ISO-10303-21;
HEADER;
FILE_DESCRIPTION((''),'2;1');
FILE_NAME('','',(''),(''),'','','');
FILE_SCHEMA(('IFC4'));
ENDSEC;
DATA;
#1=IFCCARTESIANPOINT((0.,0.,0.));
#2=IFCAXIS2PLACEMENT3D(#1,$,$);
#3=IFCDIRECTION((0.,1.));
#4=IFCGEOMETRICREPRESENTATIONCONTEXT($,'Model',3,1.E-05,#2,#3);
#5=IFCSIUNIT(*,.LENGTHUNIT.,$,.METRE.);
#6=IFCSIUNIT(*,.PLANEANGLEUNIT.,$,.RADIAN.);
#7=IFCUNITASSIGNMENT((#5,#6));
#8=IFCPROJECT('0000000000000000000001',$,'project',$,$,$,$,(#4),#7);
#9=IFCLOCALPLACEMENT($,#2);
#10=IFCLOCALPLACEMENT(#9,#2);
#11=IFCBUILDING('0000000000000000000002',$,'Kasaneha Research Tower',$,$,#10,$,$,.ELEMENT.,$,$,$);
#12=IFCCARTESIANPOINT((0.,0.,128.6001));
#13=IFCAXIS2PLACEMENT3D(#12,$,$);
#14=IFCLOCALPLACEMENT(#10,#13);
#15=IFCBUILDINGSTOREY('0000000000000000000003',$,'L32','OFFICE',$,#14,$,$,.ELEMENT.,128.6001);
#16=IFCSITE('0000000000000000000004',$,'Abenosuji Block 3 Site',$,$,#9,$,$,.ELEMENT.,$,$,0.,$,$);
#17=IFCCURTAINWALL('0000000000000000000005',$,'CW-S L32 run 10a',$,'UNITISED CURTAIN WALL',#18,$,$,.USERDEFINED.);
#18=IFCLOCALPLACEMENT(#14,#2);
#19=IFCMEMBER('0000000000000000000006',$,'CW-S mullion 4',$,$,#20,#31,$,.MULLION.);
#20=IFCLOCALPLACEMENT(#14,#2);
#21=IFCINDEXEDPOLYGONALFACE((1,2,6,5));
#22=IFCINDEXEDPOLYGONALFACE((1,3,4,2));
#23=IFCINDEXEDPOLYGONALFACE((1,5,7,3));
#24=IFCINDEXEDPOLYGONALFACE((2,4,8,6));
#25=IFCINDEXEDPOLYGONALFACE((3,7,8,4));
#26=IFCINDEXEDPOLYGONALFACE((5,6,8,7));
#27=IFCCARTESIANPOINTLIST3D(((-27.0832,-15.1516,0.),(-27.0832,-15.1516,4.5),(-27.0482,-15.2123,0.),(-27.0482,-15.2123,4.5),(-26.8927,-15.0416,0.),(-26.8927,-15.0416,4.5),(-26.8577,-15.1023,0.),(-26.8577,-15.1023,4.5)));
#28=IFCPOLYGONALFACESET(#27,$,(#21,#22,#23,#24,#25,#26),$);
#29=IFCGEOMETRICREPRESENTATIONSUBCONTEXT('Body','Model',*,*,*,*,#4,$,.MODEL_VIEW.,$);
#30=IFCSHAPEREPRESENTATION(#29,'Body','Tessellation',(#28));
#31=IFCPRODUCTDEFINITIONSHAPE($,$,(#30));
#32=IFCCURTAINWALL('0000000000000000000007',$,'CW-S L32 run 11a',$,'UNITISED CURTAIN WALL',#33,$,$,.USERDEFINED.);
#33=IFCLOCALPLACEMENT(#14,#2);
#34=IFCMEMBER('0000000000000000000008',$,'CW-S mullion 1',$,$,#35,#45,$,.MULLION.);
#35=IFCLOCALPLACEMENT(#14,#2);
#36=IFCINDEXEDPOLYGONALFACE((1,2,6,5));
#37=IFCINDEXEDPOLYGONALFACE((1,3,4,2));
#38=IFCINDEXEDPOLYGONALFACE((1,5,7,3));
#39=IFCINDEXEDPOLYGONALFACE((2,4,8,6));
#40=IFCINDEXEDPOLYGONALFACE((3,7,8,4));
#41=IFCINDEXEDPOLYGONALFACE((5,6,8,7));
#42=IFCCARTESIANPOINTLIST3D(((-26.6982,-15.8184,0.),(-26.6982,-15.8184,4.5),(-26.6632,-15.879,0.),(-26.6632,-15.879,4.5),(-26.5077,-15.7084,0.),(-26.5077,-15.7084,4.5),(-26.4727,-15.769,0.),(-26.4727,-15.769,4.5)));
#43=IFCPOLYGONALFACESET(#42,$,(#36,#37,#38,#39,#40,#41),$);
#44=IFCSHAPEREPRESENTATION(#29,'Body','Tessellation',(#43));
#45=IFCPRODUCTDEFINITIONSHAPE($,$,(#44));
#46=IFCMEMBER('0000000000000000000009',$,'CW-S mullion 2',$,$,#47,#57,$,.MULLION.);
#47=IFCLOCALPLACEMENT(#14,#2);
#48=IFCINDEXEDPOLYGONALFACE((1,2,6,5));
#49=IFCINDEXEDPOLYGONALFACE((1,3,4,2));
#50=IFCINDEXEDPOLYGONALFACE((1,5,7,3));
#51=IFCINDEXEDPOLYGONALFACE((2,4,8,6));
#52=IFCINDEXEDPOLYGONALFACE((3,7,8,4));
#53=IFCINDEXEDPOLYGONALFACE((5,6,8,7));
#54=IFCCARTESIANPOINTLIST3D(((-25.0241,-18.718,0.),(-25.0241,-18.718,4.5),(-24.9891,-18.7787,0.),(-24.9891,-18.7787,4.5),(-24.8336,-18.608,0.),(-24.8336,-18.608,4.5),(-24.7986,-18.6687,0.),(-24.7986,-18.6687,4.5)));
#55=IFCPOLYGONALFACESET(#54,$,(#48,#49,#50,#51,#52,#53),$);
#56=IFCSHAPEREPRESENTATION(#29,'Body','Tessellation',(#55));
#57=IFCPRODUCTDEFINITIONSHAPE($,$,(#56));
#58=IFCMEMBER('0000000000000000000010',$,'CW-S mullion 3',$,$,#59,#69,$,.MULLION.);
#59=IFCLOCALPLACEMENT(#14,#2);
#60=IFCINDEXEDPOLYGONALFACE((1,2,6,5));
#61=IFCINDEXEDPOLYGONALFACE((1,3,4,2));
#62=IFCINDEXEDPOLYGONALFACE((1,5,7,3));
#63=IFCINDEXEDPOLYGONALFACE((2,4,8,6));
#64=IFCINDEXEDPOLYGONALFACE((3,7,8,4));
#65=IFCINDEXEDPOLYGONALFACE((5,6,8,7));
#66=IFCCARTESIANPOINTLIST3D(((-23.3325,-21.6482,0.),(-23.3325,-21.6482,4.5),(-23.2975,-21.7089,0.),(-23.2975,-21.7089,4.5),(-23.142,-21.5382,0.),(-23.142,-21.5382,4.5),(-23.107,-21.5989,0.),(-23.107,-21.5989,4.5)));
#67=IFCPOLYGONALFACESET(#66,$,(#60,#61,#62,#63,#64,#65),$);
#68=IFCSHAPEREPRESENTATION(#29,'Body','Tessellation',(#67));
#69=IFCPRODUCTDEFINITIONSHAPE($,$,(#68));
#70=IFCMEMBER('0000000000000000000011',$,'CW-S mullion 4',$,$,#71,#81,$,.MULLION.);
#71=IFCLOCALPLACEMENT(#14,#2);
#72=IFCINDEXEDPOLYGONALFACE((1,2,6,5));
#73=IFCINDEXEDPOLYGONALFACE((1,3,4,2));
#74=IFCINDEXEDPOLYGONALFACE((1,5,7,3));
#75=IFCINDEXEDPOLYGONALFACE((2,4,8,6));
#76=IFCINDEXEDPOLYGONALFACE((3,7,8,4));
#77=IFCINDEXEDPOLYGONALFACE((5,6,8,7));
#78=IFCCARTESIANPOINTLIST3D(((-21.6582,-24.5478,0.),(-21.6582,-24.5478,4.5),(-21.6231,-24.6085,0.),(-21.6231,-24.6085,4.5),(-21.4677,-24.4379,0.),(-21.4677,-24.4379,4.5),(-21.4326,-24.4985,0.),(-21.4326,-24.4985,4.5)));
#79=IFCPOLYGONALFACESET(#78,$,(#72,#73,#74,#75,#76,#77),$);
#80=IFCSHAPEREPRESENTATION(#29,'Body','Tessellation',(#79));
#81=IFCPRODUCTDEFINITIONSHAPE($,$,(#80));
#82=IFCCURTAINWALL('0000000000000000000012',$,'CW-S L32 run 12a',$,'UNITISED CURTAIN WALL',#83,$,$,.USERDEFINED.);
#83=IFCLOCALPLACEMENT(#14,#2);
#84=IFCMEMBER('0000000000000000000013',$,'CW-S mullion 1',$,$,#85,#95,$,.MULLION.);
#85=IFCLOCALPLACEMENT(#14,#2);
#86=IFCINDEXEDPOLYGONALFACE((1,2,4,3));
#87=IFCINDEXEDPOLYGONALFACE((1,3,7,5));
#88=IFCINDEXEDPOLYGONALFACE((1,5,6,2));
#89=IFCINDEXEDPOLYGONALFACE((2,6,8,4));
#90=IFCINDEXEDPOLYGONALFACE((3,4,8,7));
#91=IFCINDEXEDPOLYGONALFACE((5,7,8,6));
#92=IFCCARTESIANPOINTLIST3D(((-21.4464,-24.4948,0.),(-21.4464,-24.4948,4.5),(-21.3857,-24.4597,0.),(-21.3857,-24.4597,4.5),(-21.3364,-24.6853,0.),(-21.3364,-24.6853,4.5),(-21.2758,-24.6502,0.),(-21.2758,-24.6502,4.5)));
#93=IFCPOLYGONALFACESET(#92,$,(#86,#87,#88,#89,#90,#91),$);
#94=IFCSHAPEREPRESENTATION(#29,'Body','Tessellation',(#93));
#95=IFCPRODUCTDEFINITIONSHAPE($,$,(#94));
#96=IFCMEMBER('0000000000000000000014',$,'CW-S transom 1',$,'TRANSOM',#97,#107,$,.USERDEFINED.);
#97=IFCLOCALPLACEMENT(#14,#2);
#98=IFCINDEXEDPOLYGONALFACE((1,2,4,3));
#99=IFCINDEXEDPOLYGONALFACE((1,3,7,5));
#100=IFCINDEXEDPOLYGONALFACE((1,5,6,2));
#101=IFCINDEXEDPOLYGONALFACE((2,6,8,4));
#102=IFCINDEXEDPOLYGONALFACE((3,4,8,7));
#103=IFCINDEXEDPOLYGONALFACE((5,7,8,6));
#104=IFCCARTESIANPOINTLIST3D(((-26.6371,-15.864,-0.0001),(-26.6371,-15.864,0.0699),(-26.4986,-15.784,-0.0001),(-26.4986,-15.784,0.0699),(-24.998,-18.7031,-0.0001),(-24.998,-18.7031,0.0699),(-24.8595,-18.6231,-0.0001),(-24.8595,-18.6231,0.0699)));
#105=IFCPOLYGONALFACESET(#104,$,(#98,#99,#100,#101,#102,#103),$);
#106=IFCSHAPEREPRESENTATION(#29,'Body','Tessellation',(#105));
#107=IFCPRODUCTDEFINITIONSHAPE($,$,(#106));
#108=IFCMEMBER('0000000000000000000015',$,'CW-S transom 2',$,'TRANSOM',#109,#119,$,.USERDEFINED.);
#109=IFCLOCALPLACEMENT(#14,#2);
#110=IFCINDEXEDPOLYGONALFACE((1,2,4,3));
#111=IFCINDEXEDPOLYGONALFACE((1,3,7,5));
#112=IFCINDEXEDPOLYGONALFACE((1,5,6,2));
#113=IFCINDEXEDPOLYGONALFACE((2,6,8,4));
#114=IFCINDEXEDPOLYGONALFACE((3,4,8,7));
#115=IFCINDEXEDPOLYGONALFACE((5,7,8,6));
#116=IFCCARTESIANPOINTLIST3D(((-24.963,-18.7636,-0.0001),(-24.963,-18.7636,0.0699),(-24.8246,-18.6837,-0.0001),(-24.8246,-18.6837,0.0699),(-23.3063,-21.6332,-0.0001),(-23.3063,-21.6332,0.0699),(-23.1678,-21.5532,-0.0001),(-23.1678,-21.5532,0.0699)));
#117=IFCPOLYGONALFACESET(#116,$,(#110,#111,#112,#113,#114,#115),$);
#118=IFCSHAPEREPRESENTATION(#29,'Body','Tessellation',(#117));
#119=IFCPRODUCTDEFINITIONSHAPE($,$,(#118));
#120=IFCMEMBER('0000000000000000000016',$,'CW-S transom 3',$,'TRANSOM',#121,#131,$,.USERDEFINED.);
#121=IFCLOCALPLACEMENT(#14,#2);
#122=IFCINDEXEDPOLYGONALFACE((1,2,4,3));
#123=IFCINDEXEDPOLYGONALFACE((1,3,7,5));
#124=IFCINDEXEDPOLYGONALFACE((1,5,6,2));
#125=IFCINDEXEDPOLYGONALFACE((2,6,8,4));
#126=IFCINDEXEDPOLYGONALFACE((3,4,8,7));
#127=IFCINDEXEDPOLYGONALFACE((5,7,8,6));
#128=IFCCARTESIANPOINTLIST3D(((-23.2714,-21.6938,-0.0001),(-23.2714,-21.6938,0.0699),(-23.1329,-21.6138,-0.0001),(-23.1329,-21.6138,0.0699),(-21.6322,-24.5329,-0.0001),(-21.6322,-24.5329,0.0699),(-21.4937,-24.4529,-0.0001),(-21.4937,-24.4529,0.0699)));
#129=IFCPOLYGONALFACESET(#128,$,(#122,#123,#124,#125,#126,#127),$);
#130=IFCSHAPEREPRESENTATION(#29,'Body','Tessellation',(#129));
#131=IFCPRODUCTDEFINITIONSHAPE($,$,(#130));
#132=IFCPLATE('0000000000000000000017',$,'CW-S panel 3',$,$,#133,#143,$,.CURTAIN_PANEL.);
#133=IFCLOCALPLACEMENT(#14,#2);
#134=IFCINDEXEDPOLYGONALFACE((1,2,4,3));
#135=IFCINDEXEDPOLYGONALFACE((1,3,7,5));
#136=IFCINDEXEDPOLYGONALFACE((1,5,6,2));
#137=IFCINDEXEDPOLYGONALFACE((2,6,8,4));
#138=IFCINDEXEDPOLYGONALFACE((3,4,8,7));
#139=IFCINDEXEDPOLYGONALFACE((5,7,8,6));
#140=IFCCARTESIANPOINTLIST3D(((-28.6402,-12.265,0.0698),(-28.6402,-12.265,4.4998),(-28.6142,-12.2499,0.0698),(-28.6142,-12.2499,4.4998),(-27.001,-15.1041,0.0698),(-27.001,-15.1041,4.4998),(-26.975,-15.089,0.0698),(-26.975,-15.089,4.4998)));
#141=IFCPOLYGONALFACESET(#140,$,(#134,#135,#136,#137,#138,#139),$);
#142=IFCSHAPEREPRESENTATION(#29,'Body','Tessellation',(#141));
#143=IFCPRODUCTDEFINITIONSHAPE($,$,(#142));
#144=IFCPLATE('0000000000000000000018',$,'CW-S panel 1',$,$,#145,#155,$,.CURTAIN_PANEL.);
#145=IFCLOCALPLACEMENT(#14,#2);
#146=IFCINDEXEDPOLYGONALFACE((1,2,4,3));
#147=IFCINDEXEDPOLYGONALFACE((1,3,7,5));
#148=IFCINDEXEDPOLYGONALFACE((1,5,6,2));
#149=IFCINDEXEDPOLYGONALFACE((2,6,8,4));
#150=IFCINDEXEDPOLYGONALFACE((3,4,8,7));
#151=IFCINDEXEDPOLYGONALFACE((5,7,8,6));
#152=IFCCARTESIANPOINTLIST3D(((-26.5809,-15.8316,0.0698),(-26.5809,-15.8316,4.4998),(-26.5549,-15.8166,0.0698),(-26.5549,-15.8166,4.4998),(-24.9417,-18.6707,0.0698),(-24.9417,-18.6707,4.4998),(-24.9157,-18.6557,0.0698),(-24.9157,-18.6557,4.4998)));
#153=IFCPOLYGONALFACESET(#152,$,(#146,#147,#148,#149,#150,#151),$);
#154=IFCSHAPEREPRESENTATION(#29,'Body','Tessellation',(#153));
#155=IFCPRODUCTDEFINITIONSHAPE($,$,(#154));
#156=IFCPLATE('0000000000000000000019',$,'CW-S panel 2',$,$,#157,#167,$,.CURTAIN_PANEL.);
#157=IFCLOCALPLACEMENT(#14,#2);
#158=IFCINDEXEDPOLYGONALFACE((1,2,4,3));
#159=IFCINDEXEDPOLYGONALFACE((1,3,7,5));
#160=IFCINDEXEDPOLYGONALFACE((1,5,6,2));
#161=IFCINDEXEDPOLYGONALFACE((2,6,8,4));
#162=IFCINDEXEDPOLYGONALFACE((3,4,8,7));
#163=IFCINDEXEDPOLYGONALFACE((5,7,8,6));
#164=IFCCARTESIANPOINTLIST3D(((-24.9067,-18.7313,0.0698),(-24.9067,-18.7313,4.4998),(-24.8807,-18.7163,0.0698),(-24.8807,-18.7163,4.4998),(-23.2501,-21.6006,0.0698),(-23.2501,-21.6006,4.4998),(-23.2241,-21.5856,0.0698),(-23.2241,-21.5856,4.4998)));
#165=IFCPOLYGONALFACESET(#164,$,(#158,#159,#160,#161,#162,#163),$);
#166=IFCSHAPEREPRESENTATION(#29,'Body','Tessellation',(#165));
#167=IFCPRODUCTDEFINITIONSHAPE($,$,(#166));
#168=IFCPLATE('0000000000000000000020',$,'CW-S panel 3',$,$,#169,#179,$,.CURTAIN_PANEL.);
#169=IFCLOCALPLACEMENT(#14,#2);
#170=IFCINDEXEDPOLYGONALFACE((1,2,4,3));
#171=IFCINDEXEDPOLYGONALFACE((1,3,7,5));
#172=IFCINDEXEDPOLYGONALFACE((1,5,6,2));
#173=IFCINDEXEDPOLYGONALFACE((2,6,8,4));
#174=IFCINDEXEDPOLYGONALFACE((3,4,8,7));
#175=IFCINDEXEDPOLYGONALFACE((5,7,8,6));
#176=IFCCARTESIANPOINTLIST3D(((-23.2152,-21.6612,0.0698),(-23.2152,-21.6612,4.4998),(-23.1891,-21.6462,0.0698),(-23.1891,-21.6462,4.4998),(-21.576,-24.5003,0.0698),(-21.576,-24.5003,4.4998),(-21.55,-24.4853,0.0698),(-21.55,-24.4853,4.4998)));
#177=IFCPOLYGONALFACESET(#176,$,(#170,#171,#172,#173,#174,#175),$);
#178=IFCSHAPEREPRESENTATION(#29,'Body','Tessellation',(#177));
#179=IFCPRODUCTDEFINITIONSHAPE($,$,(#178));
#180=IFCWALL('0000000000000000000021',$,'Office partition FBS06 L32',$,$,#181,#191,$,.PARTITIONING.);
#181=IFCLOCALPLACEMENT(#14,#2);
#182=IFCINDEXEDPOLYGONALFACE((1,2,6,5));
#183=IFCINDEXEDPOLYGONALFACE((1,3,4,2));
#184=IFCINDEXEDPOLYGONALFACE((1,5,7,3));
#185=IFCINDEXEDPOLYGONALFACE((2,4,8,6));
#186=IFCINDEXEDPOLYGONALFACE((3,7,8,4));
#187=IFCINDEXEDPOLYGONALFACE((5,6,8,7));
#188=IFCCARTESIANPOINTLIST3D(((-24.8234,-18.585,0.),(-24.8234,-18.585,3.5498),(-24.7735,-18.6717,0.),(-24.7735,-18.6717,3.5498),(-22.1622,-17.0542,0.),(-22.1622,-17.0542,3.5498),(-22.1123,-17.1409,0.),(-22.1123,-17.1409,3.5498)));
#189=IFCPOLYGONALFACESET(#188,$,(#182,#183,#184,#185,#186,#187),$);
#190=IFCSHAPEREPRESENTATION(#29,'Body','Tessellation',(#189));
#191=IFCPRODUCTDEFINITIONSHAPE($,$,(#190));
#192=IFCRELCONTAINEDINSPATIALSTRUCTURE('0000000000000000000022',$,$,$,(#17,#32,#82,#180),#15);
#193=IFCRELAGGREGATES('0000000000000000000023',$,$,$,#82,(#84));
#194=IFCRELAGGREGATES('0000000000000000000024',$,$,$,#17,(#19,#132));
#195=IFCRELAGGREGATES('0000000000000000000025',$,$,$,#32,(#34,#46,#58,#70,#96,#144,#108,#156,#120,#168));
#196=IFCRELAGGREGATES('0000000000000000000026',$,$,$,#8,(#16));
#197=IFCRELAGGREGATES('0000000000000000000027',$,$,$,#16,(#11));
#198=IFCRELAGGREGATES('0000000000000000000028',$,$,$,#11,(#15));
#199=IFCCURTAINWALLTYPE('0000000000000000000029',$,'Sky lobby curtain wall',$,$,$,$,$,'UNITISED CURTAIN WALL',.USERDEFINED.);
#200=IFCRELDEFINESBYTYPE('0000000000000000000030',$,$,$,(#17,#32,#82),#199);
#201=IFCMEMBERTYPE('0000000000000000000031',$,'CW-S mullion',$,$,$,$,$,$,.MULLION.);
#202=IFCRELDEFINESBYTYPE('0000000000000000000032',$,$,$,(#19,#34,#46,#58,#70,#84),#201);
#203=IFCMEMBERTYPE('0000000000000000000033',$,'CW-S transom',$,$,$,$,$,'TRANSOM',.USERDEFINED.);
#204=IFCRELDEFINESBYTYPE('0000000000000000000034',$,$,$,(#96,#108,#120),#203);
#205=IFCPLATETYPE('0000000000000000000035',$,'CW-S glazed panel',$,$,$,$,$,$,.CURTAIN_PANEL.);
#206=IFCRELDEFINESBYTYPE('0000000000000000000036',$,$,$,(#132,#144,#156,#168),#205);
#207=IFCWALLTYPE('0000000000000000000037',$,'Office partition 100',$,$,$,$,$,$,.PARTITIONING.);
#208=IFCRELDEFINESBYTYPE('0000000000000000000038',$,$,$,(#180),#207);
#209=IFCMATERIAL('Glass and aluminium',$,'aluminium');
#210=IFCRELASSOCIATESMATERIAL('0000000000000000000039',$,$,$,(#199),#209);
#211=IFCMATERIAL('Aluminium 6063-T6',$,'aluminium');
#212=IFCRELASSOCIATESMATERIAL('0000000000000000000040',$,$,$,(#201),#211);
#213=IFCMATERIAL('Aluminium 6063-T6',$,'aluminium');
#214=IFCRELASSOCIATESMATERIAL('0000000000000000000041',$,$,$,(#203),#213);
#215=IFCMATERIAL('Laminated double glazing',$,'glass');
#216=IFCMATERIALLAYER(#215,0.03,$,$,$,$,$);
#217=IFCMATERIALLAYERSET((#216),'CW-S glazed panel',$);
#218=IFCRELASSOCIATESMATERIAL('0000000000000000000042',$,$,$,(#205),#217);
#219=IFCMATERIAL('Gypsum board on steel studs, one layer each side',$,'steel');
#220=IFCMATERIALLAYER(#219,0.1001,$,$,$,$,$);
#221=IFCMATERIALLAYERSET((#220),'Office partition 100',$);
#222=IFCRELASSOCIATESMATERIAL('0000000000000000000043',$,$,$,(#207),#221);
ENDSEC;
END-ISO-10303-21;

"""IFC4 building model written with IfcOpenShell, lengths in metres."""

from ifc_helpers import new_model, si_unit, direction, frame, frame_2d, origin, origin_2d, place, context, subcontext, project, spatial, rectangle, extrude, material, layer, layer_set, material_profile, profile_set, type_object, element, aggregate, save


model = new_model("IFC4")

# Units and contexts
model_context = context("Model", 3, precision=1e-05, world=origin(), true_north=direction((0.0, 1.0)))
body_context = subcontext(model_context, "Body", "Model", "MODEL_VIEW")
ifc_project = project(units=[si_unit("LENGTHUNIT", "METRE"), si_unit("PLANEANGLEUNIT", "RADIAN")], contexts=[model_context])

# Site, building, storey
site_placement = place(None, origin())
site = spatial("IfcSite", under=ifc_project, at=site_placement, Name="Abenosuji Block 3 Site", CompositionType="ELEMENT", RefElevation=0.0)
building_placement = place(site_placement, origin())
building = spatial("IfcBuilding", under=site, at=building_placement, Name="Kasaneha Research Tower", CompositionType="ELEMENT")
storey_placement = place(building_placement, frame((0.0, 0.0, 128.6001)))
storey = spatial("IfcBuildingStorey", under=building, at=storey_placement, Name="L32", Description="OFFICE", CompositionType="ELEMENT", Elevation=128.6001)

# Curtain wall, member
ifc_material_1 = material(Name="Glass and aluminium", Category="aluminium")
curtain_wall_type = type_object("IfcCurtainWallType", Name="Sky lobby curtain wall", ElementType="UNITISED CURTAIN WALL", PredefinedType="USERDEFINED", material=ifc_material_1)
curtain_wall_1_placement = place(storey_placement, origin())
curtain_wall_1 = element("IfcCurtainWall", 1, at=curtain_wall_1_placement, inside=storey, type_object=curtain_wall_type, Name="CW-S L32 run 10a", ObjectType="UNITISED CURTAIN WALL", PredefinedType="USERDEFINED")
ifc_material_2 = material(Name="Aluminium 6063-T6", Category="aluminium")
ifc_material_profile_1 = material_profile(ifc_material_2, rectangle(XDim=0.0701, YDim=0.22, at=origin_2d()), Name="CW-S mullion 70x220")
ifc_profile_set_1 = profile_set([ifc_material_profile_1], Name="Aluminium 6063-T6")
member_type_1 = type_object("IfcMemberType", Name="CW-S mullion", PredefinedType="MULLION", material=ifc_profile_set_1)
member_1_placement = place(storey_placement, frame((-26.9705, -15.127, 0.0), z_axis=(0.0, 0.0, 1.0), x_axis=(0.5, -0.866025, 0.0)))
member_1 = element("IfcMember", 2, at=member_1_placement, type_object=member_type_1, Name="CW-S mullion 4", PredefinedType="MULLION", context=body_context, shape_type="SweptSolid", body=[
    extrude(rectangle(XDim=0.0701, YDim=0.22, at=origin_2d()), origin(), (0.0, 0.0, 1.0), 4.5),
])

# Curtain wall, members
curtain_wall_2_placement = place(storey_placement, origin())
curtain_wall_2 = element("IfcCurtainWall", 3, at=curtain_wall_2_placement, inside=storey, type_object=curtain_wall_type, Name="CW-S L32 run 11a", ObjectType="UNITISED CURTAIN WALL", PredefinedType="USERDEFINED")
member_2_placement = place(storey_placement, frame((-26.5854, -15.7937, 0.0), z_axis=(0.0, 0.0, 1.0), x_axis=(0.5, -0.866025, 0.0)))
member_2 = element("IfcMember", 4, at=member_2_placement, type_object=member_type_1, Name="CW-S mullion 1", PredefinedType="MULLION", context=body_context, shape_type="SweptSolid", body=[
    extrude(rectangle(XDim=0.0701, YDim=0.22, at=origin_2d()), origin(), (0.0, 0.0, 1.0), 4.5),
])
member_3_placement = place(storey_placement, frame((-24.9114, -18.6934, 0.0), z_axis=(0.0, 0.0, 1.0), x_axis=(0.5, -0.866025, 0.0)))
member_3 = element("IfcMember", 5, at=member_3_placement, type_object=member_type_1, Name="CW-S mullion 2", PredefinedType="MULLION", context=body_context, shape_type="SweptSolid", body=[
    extrude(rectangle(XDim=0.0701, YDim=0.22, at=origin_2d()), origin(), (0.0, 0.0, 1.0), 4.5),
])
member_4_placement = place(storey_placement, frame((-23.2197, -21.6235, 0.0), z_axis=(0.0, 0.0, 1.0), x_axis=(0.5, -0.866025, 0.0)))
member_4 = element("IfcMember", 6, at=member_4_placement, type_object=member_type_1, Name="CW-S mullion 3", PredefinedType="MULLION", context=body_context, shape_type="SweptSolid", body=[
    extrude(rectangle(XDim=0.0701, YDim=0.22, at=origin_2d()), origin(), (0.0, 0.0, 1.0), 4.5),
])
member_5_placement = place(storey_placement, frame((-21.5454, -24.5232, 0.0), z_axis=(0.0, 0.0, 1.0), x_axis=(0.5, -0.866025, 0.0)))
member_5 = element("IfcMember", 7, at=member_5_placement, type_object=member_type_1, Name="CW-S mullion 4", PredefinedType="MULLION", context=body_context, shape_type="SweptSolid", body=[
    extrude(rectangle(XDim=0.0701, YDim=0.22, at=origin_2d()), origin(), (0.0, 0.0, 1.0), 4.5),
])

# Curtain wall, member
curtain_wall_3_placement = place(storey_placement, origin())
curtain_wall_3 = element("IfcCurtainWall", 8, at=curtain_wall_3_placement, inside=storey, type_object=curtain_wall_type, Name="CW-S L32 run 12a", ObjectType="UNITISED CURTAIN WALL", PredefinedType="USERDEFINED")
member_6_placement = place(storey_placement, frame((-21.3611, -24.5725, 0.0), z_axis=(0.0, 0.0, 1.0), x_axis=(0.866025, 0.5, 0.0)))
member_6 = element("IfcMember", 9, at=member_6_placement, type_object=member_type_1, Name="CW-S mullion 1", PredefinedType="MULLION", context=body_context, shape_type="SweptSolid", body=[
    extrude(rectangle(XDim=0.0701, YDim=0.22, at=origin_2d()), origin(), (0.0, 0.0, 1.0), 4.5),
])
aggregate(curtain_wall_3, [member_6])

# Members
ifc_material_3 = material(Name="Aluminium 6063-T6", Category="aluminium")
ifc_material_profile_2 = material_profile(ifc_material_3, rectangle(XDim=0.1599, YDim=0.0701, at=origin_2d()), Name="CW-S transom 160x70")
ifc_profile_set_2 = profile_set([ifc_material_profile_2], Name="Aluminium 6063-T6")
member_type_2 = type_object("IfcMemberType", Name="CW-S transom", ElementType="TRANSOM", PredefinedType="USERDEFINED", material=ifc_profile_set_2)
member_7_placement = place(storey_placement, frame((-26.5679, -15.824, 0.0349), z_axis=(0.5, -0.866026, 0.0), x_axis=(0.866026, 0.5, 0.0)))
member_7 = element("IfcMember", 10, at=member_7_placement, type_object=member_type_2, Name="CW-S transom 1", ObjectType="TRANSOM", PredefinedType="USERDEFINED", context=body_context, shape_type="SweptSolid", body=[
    extrude(rectangle(XDim=0.1599, YDim=0.0701, at=origin_2d()), origin(), (0.0, 0.0, 1.0), 3.2783),
])
member_8_placement = place(storey_placement, frame((-24.8938, -18.7236, 0.0349), z_axis=(0.49999, -0.866031, 0.0), x_axis=(0.866031, 0.49999, 0.0)))
member_8 = element("IfcMember", 11, at=member_8_placement, type_object=member_type_2, Name="CW-S transom 2", ObjectType="TRANSOM", PredefinedType="USERDEFINED", context=body_context, shape_type="SweptSolid", body=[
    extrude(rectangle(XDim=0.1599, YDim=0.0701, at=origin_2d()), origin(), (0.0, 0.0, 1.0), 3.3135),
])
member_9_placement = place(storey_placement, frame((-23.2021, -21.6538, 0.0349), z_axis=(0.5, -0.866026, 0.0), x_axis=(0.866026, 0.5, 0.0)))
member_9 = element("IfcMember", 12, at=member_9_placement, type_object=member_type_2, Name="CW-S transom 3", ObjectType="TRANSOM", PredefinedType="USERDEFINED", context=body_context, shape_type="SweptSolid", body=[
    extrude(rectangle(XDim=0.1599, YDim=0.0701, at=origin_2d()), origin(), (0.0, 0.0, 1.0), 3.2783),
])

# Plates
ifc_material_4 = material(Name="Laminated double glazing", Category="glass")
ifc_layer_1 = layer(ifc_material_4, 0.03)
ifc_layer_set_1 = layer_set([ifc_layer_1], Name="CW-S glazed panel")
plate_type = type_object("IfcPlateType", Name="CW-S glazed panel", PredefinedType="CURTAIN_PANEL", material=ifc_layer_set_1)
plate_1_placement = place(storey_placement, frame((-27.8076, -13.677, 0.0698), z_axis=(0.0, 0.0, 1.0), x_axis=(0.5, -0.866025, 0.0)))
plate_1 = element("IfcPlate", 13, at=plate_1_placement, type_object=plate_type, Name="CW-S panel 3", PredefinedType="CURTAIN_PANEL", context=body_context, shape_type="SweptSolid", body=[
    extrude(rectangle(XDim=3.2783, YDim=0.03, at=origin_2d()), origin(), (0.0, 0.0, 1.0), 4.4299),
])
aggregate(curtain_wall_1, [member_1, plate_1])
plate_2_placement = place(storey_placement, frame((-25.7483, -17.2437, 0.0698), z_axis=(0.0, 0.0, 1.0), x_axis=(0.5, -0.866025, 0.0)))
plate_2 = element("IfcPlate", 14, at=plate_2_placement, type_object=plate_type, Name="CW-S panel 1", PredefinedType="CURTAIN_PANEL", context=body_context, shape_type="SweptSolid", body=[
    extrude(rectangle(XDim=3.2783, YDim=0.03, at=origin_2d()), origin(), (0.0, 0.0, 1.0), 4.4299),
])
plate_3_placement = place(storey_placement, frame((-24.0654, -20.1584, 0.0698), z_axis=(0.0, 0.0, 1.0), x_axis=(0.5, -0.866025, 0.0)))
plate_3 = element("IfcPlate", 15, at=plate_3_placement, type_object=plate_type, Name="CW-S panel 2", PredefinedType="CURTAIN_PANEL", context=body_context, shape_type="SweptSolid", body=[
    extrude(rectangle(XDim=3.3132, YDim=0.03, at=origin_2d()), origin(), (0.0, 0.0, 1.0), 4.4299),
])
plate_4_placement = place(storey_placement, frame((-22.3826, -23.0732, 0.0698), z_axis=(0.0, 0.0, 1.0), x_axis=(0.5, -0.866025, 0.0)))
plate_4 = element("IfcPlate", 16, at=plate_4_placement, type_object=plate_type, Name="CW-S panel 3", PredefinedType="CURTAIN_PANEL", context=body_context, shape_type="SweptSolid", body=[
    extrude(rectangle(XDim=3.2783, YDim=0.03, at=origin_2d()), origin(), (0.0, 0.0, 1.0), 4.4299),
])
aggregate(curtain_wall_2, [member_2, member_3, member_4, member_5, member_7, plate_2, member_8, plate_3, member_9, plate_4])

# Wall
ifc_material_5 = material(Name="Gypsum board on steel studs, one layer each side", Category="steel")
ifc_layer_2 = layer(ifc_material_5, 0.1001)
ifc_layer_set_2 = layer_set([ifc_layer_2], Name="Office partition 100")
wall_type = type_object("IfcWallType", Name="Office partition 100", PredefinedType="PARTITIONING", material=ifc_layer_set_2)
wall_1_placement = place(storey_placement, frame((-24.7986, -18.6284, 0.0), z_axis=(0.0, 0.0, 1.0), x_axis=(0.86682, 0.498621, 0.0)))
element("IfcWall", 17, at=wall_1_placement, inside=storey, type_object=wall_type, Name="Office partition FBS06 L32", PredefinedType="PARTITIONING", context=body_context, shape_type="SweptSolid", body=[
    extrude(rectangle(XDim=3.0701, YDim=0.1001, at=frame_2d((1.5352, 0.0))), origin(), (0.0, 0.0, 1.0), 3.5498),
])

save(model, "model.ifc")
